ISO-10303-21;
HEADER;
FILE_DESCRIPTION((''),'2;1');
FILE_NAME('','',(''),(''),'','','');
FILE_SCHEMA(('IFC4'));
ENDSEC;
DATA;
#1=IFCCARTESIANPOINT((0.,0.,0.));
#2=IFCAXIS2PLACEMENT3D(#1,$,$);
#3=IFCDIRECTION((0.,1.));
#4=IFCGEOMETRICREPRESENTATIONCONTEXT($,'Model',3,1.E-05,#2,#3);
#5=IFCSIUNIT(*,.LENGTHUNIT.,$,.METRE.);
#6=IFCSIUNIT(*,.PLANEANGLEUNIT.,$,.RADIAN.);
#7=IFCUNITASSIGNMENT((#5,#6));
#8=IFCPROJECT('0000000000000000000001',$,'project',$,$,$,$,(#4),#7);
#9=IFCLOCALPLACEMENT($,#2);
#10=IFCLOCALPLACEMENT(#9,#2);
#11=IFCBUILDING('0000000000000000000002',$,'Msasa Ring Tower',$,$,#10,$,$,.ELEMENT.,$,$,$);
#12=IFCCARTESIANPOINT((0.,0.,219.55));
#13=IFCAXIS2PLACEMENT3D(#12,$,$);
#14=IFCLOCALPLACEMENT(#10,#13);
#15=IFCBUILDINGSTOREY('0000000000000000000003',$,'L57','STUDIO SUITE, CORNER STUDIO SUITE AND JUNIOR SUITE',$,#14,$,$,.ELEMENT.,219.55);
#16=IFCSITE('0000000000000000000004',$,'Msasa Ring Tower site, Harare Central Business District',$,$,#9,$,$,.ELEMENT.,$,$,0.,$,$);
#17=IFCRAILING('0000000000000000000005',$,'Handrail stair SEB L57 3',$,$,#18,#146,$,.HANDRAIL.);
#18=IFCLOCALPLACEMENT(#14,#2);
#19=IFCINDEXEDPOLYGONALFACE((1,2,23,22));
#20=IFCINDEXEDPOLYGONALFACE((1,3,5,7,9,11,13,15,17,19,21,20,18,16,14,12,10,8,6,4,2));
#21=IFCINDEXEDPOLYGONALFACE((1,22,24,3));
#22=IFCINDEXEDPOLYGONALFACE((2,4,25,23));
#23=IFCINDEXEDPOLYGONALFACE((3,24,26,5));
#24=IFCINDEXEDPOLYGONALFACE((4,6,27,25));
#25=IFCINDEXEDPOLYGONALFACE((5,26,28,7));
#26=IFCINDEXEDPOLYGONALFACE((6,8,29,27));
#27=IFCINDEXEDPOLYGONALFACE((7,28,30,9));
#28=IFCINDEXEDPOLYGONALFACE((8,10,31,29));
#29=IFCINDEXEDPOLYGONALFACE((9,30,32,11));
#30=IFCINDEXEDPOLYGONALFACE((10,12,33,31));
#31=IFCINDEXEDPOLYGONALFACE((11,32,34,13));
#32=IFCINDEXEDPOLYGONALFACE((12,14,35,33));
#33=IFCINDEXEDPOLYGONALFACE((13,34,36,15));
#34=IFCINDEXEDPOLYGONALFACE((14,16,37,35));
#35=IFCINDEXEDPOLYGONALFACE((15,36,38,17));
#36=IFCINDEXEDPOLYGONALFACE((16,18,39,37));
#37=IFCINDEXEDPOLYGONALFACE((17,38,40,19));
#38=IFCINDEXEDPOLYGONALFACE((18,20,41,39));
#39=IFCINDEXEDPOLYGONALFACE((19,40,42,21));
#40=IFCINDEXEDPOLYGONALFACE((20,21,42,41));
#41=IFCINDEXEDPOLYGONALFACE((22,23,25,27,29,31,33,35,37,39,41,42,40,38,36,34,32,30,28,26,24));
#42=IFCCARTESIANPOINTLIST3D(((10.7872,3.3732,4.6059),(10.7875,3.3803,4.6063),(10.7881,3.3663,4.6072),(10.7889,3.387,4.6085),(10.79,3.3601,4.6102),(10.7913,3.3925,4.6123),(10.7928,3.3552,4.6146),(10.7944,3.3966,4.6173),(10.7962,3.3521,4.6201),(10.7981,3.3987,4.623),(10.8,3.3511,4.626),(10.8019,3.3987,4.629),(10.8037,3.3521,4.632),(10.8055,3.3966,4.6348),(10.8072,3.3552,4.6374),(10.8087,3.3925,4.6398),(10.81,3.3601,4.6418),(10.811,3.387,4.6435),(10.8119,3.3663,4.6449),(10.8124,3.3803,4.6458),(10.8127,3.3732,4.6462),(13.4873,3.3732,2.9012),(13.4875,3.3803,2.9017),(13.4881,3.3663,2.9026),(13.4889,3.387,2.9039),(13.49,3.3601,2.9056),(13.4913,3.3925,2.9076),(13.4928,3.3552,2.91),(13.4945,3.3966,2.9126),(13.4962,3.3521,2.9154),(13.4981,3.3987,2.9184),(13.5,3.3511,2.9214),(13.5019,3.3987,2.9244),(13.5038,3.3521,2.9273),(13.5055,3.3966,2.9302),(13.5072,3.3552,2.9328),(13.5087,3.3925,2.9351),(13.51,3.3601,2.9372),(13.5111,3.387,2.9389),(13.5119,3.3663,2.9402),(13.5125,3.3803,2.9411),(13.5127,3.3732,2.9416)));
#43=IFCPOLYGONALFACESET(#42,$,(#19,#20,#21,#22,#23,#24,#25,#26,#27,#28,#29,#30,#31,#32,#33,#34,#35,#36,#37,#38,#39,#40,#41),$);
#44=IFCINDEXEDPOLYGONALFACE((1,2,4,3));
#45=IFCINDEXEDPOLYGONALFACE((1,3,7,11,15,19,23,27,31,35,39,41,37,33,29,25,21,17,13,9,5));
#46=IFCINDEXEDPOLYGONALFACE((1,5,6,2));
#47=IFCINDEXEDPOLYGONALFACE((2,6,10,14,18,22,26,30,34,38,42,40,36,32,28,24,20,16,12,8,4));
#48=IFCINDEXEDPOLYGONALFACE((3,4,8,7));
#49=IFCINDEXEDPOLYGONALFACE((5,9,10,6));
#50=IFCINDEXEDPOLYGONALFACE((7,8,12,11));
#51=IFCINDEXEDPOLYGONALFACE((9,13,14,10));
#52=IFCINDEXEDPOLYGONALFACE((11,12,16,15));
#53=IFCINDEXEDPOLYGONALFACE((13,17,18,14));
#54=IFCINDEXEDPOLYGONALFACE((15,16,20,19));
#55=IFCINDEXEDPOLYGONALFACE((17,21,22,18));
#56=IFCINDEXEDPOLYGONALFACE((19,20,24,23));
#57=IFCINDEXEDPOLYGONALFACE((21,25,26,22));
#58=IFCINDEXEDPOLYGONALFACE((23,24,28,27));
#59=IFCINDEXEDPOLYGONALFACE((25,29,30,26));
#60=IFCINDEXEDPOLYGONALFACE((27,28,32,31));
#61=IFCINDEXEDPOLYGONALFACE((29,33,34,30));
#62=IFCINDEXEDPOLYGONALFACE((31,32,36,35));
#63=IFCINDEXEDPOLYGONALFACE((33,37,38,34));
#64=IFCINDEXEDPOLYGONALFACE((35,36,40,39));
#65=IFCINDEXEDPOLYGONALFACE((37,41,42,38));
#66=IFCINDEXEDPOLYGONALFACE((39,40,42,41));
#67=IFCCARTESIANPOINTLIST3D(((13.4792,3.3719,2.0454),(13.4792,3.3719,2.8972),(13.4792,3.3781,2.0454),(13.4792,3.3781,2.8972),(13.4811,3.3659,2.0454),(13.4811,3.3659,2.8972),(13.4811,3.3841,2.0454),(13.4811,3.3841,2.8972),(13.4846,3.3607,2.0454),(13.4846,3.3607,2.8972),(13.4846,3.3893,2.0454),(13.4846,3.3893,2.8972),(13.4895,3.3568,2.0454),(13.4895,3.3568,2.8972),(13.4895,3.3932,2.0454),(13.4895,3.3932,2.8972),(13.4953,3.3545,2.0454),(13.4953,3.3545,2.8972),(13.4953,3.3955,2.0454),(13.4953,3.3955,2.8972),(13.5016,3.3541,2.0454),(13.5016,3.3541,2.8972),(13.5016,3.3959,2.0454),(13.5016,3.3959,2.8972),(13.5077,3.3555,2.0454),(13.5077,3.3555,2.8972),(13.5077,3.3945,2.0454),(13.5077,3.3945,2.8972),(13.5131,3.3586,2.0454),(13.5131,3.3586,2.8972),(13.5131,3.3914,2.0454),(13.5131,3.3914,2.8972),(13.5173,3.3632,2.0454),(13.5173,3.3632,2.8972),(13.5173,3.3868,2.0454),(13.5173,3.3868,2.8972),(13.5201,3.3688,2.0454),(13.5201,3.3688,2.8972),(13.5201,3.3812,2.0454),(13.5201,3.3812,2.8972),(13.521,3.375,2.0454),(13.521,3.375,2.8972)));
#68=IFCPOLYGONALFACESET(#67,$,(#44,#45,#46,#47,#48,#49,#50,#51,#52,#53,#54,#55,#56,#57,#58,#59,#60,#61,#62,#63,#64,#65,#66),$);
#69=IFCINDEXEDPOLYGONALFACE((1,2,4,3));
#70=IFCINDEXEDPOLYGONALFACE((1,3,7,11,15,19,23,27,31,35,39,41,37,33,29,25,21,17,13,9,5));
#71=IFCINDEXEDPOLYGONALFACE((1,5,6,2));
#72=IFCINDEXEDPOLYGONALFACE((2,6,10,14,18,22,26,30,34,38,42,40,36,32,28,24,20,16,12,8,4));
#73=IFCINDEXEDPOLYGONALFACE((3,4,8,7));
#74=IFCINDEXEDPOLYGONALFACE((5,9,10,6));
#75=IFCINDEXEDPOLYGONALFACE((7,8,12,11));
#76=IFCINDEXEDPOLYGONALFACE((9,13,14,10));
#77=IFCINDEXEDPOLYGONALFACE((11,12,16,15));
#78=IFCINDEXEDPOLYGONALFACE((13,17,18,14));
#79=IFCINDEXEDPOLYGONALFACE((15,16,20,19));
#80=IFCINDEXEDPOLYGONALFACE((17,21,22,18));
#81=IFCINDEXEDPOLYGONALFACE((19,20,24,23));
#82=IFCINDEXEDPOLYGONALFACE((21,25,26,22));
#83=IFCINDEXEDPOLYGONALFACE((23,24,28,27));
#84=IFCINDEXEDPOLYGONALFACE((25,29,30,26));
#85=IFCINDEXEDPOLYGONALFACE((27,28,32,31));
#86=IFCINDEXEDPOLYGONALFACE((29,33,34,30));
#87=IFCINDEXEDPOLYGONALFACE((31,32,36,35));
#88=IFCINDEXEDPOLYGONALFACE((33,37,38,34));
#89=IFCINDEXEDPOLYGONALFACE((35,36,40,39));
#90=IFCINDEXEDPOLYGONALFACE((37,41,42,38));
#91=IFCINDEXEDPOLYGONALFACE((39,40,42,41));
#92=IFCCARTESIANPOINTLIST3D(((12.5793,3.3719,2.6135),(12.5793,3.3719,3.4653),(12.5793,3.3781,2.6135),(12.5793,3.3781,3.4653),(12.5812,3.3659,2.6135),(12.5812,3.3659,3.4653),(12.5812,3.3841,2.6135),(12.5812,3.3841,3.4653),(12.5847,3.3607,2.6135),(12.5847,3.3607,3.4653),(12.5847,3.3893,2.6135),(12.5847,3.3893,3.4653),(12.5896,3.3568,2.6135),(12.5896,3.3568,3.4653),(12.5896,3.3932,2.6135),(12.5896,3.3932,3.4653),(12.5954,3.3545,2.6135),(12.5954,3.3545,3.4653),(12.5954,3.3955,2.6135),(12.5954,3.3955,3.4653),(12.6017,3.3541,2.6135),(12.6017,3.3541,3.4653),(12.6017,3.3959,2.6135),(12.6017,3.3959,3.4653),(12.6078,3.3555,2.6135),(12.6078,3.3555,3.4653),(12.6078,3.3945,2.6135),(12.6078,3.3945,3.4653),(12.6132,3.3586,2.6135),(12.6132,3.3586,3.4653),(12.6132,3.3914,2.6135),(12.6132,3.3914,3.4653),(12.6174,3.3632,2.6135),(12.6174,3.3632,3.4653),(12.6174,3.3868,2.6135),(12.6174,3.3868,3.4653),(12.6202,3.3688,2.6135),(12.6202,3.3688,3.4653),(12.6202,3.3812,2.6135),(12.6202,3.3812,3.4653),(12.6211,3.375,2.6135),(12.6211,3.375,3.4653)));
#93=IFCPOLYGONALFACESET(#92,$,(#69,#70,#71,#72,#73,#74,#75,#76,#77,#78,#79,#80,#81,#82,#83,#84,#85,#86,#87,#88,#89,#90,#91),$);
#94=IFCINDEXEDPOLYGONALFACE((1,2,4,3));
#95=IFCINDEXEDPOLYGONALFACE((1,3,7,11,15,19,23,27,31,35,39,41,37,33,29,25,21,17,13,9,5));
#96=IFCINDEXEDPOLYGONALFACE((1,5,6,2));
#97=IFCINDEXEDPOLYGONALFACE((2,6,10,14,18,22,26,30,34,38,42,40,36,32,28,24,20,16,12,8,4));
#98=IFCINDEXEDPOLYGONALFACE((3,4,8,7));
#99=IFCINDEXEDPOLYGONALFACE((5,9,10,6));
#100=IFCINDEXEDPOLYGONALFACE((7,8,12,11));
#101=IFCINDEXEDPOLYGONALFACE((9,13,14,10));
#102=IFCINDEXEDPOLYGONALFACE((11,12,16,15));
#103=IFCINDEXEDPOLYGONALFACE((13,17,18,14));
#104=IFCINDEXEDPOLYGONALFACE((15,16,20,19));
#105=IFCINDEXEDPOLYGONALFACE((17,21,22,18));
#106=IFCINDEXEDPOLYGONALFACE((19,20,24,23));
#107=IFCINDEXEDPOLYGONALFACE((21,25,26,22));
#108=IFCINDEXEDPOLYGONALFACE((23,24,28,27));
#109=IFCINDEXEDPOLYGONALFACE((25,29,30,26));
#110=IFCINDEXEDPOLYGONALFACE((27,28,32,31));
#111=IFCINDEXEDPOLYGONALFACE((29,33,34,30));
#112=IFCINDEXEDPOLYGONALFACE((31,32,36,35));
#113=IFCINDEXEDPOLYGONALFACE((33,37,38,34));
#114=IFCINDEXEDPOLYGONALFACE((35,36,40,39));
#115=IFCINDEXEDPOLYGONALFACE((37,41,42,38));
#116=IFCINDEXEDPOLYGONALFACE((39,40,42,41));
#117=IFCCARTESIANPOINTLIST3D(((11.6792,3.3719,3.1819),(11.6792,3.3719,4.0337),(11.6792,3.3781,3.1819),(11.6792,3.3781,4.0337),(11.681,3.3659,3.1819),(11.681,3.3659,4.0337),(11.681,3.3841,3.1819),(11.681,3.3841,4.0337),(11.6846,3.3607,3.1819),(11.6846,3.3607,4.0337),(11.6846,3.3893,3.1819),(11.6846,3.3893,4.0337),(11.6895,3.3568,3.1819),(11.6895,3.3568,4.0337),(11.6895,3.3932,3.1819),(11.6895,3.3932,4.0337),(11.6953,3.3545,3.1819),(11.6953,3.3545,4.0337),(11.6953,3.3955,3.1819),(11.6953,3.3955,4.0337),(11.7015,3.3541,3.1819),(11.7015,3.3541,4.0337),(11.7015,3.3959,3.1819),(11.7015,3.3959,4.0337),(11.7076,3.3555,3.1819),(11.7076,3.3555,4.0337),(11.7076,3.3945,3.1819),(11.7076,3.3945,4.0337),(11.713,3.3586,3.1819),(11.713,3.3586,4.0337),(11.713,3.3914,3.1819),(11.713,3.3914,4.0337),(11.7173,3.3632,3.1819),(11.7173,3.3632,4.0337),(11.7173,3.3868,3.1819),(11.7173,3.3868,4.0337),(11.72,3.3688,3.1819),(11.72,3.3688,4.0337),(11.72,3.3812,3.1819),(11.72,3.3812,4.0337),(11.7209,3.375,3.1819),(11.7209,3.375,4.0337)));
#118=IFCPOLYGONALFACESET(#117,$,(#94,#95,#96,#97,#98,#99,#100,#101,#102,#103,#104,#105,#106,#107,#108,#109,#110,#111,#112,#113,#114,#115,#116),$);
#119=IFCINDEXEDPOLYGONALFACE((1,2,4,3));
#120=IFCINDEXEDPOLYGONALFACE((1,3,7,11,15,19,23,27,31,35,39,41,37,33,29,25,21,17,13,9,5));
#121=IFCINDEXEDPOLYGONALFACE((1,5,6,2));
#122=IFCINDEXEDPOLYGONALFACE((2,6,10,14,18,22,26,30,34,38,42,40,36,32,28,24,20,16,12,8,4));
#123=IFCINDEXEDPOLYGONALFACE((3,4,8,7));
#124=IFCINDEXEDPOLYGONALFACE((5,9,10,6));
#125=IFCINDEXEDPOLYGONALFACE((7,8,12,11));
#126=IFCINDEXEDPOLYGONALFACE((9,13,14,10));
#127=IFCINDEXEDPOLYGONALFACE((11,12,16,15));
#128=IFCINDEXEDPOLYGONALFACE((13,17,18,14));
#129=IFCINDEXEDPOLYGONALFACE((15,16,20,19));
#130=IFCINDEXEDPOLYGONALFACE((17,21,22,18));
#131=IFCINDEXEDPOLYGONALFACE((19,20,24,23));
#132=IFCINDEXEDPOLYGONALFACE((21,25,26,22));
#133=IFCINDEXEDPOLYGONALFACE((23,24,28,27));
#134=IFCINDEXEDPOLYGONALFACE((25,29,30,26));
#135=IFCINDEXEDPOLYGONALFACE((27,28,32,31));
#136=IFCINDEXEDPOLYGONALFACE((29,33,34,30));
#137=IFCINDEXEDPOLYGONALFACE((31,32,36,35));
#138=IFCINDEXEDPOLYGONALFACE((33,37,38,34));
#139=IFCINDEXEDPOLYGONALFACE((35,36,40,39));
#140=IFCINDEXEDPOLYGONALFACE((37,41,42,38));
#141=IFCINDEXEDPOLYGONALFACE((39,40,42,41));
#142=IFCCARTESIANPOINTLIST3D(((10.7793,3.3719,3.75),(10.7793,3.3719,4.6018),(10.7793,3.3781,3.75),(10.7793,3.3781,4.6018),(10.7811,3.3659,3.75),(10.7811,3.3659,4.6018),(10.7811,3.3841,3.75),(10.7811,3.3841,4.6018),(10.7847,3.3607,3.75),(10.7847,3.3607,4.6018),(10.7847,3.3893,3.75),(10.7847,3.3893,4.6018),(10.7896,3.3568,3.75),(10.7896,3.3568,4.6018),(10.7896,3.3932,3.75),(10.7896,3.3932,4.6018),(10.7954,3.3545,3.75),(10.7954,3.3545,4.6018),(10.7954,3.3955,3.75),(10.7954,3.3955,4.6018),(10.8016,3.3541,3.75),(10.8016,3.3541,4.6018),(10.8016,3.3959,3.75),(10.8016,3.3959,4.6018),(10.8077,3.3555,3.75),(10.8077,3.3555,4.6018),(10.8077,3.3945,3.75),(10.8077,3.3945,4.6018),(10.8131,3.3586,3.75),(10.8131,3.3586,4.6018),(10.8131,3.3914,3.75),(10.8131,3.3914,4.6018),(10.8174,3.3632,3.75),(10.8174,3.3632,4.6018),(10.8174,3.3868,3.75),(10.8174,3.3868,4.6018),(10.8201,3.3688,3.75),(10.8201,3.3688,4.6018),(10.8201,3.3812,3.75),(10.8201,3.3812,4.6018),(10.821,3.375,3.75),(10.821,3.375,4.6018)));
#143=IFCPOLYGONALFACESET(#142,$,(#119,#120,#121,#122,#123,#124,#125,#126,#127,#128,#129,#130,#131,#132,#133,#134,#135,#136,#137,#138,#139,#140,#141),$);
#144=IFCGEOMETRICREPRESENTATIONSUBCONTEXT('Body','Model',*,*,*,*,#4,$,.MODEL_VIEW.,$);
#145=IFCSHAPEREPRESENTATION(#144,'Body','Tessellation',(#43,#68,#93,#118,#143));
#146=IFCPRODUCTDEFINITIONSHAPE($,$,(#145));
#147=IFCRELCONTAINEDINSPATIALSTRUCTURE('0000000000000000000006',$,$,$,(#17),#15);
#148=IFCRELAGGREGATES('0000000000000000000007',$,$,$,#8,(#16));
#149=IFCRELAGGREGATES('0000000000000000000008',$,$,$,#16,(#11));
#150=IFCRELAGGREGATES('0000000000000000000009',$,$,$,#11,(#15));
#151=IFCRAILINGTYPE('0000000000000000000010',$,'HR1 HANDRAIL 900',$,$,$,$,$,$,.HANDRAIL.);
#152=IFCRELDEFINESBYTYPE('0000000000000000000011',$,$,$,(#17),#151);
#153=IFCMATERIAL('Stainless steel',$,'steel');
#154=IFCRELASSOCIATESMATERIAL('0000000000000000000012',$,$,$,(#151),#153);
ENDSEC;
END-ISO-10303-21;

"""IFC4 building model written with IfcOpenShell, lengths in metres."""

from ifc_helpers import new_model, si_unit, direction, frame, origin, origin_2d, place, context, subcontext, project, spatial, circle, extrude, material, type_object, element, save


model = new_model("IFC4")

# Units and contexts
model_context = context("Model", 3, precision=1e-05, world=origin(), true_north=direction((0.0, 1.0)))
body_context = subcontext(model_context, "Body", "Model", "MODEL_VIEW")
ifc_project = project(units=[si_unit("LENGTHUNIT", "METRE"), si_unit("PLANEANGLEUNIT", "RADIAN")], contexts=[model_context])

# Site, building, storey
site_placement = place(None, origin())
site = spatial("IfcSite", under=ifc_project, at=site_placement, Name="Msasa Ring Tower site, Harare Central Business District", CompositionType="ELEMENT", RefElevation=0.0)
building_placement = place(site_placement, origin())
building = spatial("IfcBuilding", under=site, at=building_placement, Name="Msasa Ring Tower", CompositionType="ELEMENT")
storey_placement = place(building_placement, frame((0.0, 0.0, 219.55)))
storey = spatial("IfcBuildingStorey", under=building, at=storey_placement, Name="L57", Description="STUDIO SUITE, CORNER STUDIO SUITE AND JUNIOR SUITE", CompositionType="ELEMENT", Elevation=219.55)

# Railing
ifc_material_1 = material(Name="Stainless steel", Category="steel")
railing_type = type_object("IfcRailingType", Name="HR1 HANDRAIL 900", PredefinedType="HANDRAIL", material=ifc_material_1)
for number, where, name in (
    (1, (13.5, 3.375, 2.0454), "Handrail stair SEB L57 3"),
):
    element("IfcRailing", number, at=place(storey_placement, frame(where)), inside=storey, type_object=railing_type, Name=name, PredefinedType="HANDRAIL", context=body_context, shape_type="SweptSolid", body=[
        extrude(circle(Radius=0.0239, at=origin_2d()), frame((0.0, 0.0, 0.876), z_axis=(-0.84558, 0.0, 0.533849), x_axis=(0.0, -1.0, 0.0)), (0.0, 0.0, 1.0), 3.1931),
        extrude(circle(Radius=0.021, at=origin_2d()), origin(), (0.0, 0.0, 1.0), 0.8518),
        extrude(circle(Radius=0.021, at=origin_2d()), frame((-0.8999, 0.0, 0.5681)), (0.0, 0.0, 1.0), 0.8518),
        extrude(circle(Radius=0.021, at=origin_2d()), frame((-1.8, 0.0, 1.1365)), (0.0, 0.0, 1.0), 0.8518),
        extrude(circle(Radius=0.021, at=origin_2d()), frame((-2.7, 0.0, 1.7046)), (0.0, 0.0, 1.0), 0.8518),
    ])

save(model, "model.ifc")
